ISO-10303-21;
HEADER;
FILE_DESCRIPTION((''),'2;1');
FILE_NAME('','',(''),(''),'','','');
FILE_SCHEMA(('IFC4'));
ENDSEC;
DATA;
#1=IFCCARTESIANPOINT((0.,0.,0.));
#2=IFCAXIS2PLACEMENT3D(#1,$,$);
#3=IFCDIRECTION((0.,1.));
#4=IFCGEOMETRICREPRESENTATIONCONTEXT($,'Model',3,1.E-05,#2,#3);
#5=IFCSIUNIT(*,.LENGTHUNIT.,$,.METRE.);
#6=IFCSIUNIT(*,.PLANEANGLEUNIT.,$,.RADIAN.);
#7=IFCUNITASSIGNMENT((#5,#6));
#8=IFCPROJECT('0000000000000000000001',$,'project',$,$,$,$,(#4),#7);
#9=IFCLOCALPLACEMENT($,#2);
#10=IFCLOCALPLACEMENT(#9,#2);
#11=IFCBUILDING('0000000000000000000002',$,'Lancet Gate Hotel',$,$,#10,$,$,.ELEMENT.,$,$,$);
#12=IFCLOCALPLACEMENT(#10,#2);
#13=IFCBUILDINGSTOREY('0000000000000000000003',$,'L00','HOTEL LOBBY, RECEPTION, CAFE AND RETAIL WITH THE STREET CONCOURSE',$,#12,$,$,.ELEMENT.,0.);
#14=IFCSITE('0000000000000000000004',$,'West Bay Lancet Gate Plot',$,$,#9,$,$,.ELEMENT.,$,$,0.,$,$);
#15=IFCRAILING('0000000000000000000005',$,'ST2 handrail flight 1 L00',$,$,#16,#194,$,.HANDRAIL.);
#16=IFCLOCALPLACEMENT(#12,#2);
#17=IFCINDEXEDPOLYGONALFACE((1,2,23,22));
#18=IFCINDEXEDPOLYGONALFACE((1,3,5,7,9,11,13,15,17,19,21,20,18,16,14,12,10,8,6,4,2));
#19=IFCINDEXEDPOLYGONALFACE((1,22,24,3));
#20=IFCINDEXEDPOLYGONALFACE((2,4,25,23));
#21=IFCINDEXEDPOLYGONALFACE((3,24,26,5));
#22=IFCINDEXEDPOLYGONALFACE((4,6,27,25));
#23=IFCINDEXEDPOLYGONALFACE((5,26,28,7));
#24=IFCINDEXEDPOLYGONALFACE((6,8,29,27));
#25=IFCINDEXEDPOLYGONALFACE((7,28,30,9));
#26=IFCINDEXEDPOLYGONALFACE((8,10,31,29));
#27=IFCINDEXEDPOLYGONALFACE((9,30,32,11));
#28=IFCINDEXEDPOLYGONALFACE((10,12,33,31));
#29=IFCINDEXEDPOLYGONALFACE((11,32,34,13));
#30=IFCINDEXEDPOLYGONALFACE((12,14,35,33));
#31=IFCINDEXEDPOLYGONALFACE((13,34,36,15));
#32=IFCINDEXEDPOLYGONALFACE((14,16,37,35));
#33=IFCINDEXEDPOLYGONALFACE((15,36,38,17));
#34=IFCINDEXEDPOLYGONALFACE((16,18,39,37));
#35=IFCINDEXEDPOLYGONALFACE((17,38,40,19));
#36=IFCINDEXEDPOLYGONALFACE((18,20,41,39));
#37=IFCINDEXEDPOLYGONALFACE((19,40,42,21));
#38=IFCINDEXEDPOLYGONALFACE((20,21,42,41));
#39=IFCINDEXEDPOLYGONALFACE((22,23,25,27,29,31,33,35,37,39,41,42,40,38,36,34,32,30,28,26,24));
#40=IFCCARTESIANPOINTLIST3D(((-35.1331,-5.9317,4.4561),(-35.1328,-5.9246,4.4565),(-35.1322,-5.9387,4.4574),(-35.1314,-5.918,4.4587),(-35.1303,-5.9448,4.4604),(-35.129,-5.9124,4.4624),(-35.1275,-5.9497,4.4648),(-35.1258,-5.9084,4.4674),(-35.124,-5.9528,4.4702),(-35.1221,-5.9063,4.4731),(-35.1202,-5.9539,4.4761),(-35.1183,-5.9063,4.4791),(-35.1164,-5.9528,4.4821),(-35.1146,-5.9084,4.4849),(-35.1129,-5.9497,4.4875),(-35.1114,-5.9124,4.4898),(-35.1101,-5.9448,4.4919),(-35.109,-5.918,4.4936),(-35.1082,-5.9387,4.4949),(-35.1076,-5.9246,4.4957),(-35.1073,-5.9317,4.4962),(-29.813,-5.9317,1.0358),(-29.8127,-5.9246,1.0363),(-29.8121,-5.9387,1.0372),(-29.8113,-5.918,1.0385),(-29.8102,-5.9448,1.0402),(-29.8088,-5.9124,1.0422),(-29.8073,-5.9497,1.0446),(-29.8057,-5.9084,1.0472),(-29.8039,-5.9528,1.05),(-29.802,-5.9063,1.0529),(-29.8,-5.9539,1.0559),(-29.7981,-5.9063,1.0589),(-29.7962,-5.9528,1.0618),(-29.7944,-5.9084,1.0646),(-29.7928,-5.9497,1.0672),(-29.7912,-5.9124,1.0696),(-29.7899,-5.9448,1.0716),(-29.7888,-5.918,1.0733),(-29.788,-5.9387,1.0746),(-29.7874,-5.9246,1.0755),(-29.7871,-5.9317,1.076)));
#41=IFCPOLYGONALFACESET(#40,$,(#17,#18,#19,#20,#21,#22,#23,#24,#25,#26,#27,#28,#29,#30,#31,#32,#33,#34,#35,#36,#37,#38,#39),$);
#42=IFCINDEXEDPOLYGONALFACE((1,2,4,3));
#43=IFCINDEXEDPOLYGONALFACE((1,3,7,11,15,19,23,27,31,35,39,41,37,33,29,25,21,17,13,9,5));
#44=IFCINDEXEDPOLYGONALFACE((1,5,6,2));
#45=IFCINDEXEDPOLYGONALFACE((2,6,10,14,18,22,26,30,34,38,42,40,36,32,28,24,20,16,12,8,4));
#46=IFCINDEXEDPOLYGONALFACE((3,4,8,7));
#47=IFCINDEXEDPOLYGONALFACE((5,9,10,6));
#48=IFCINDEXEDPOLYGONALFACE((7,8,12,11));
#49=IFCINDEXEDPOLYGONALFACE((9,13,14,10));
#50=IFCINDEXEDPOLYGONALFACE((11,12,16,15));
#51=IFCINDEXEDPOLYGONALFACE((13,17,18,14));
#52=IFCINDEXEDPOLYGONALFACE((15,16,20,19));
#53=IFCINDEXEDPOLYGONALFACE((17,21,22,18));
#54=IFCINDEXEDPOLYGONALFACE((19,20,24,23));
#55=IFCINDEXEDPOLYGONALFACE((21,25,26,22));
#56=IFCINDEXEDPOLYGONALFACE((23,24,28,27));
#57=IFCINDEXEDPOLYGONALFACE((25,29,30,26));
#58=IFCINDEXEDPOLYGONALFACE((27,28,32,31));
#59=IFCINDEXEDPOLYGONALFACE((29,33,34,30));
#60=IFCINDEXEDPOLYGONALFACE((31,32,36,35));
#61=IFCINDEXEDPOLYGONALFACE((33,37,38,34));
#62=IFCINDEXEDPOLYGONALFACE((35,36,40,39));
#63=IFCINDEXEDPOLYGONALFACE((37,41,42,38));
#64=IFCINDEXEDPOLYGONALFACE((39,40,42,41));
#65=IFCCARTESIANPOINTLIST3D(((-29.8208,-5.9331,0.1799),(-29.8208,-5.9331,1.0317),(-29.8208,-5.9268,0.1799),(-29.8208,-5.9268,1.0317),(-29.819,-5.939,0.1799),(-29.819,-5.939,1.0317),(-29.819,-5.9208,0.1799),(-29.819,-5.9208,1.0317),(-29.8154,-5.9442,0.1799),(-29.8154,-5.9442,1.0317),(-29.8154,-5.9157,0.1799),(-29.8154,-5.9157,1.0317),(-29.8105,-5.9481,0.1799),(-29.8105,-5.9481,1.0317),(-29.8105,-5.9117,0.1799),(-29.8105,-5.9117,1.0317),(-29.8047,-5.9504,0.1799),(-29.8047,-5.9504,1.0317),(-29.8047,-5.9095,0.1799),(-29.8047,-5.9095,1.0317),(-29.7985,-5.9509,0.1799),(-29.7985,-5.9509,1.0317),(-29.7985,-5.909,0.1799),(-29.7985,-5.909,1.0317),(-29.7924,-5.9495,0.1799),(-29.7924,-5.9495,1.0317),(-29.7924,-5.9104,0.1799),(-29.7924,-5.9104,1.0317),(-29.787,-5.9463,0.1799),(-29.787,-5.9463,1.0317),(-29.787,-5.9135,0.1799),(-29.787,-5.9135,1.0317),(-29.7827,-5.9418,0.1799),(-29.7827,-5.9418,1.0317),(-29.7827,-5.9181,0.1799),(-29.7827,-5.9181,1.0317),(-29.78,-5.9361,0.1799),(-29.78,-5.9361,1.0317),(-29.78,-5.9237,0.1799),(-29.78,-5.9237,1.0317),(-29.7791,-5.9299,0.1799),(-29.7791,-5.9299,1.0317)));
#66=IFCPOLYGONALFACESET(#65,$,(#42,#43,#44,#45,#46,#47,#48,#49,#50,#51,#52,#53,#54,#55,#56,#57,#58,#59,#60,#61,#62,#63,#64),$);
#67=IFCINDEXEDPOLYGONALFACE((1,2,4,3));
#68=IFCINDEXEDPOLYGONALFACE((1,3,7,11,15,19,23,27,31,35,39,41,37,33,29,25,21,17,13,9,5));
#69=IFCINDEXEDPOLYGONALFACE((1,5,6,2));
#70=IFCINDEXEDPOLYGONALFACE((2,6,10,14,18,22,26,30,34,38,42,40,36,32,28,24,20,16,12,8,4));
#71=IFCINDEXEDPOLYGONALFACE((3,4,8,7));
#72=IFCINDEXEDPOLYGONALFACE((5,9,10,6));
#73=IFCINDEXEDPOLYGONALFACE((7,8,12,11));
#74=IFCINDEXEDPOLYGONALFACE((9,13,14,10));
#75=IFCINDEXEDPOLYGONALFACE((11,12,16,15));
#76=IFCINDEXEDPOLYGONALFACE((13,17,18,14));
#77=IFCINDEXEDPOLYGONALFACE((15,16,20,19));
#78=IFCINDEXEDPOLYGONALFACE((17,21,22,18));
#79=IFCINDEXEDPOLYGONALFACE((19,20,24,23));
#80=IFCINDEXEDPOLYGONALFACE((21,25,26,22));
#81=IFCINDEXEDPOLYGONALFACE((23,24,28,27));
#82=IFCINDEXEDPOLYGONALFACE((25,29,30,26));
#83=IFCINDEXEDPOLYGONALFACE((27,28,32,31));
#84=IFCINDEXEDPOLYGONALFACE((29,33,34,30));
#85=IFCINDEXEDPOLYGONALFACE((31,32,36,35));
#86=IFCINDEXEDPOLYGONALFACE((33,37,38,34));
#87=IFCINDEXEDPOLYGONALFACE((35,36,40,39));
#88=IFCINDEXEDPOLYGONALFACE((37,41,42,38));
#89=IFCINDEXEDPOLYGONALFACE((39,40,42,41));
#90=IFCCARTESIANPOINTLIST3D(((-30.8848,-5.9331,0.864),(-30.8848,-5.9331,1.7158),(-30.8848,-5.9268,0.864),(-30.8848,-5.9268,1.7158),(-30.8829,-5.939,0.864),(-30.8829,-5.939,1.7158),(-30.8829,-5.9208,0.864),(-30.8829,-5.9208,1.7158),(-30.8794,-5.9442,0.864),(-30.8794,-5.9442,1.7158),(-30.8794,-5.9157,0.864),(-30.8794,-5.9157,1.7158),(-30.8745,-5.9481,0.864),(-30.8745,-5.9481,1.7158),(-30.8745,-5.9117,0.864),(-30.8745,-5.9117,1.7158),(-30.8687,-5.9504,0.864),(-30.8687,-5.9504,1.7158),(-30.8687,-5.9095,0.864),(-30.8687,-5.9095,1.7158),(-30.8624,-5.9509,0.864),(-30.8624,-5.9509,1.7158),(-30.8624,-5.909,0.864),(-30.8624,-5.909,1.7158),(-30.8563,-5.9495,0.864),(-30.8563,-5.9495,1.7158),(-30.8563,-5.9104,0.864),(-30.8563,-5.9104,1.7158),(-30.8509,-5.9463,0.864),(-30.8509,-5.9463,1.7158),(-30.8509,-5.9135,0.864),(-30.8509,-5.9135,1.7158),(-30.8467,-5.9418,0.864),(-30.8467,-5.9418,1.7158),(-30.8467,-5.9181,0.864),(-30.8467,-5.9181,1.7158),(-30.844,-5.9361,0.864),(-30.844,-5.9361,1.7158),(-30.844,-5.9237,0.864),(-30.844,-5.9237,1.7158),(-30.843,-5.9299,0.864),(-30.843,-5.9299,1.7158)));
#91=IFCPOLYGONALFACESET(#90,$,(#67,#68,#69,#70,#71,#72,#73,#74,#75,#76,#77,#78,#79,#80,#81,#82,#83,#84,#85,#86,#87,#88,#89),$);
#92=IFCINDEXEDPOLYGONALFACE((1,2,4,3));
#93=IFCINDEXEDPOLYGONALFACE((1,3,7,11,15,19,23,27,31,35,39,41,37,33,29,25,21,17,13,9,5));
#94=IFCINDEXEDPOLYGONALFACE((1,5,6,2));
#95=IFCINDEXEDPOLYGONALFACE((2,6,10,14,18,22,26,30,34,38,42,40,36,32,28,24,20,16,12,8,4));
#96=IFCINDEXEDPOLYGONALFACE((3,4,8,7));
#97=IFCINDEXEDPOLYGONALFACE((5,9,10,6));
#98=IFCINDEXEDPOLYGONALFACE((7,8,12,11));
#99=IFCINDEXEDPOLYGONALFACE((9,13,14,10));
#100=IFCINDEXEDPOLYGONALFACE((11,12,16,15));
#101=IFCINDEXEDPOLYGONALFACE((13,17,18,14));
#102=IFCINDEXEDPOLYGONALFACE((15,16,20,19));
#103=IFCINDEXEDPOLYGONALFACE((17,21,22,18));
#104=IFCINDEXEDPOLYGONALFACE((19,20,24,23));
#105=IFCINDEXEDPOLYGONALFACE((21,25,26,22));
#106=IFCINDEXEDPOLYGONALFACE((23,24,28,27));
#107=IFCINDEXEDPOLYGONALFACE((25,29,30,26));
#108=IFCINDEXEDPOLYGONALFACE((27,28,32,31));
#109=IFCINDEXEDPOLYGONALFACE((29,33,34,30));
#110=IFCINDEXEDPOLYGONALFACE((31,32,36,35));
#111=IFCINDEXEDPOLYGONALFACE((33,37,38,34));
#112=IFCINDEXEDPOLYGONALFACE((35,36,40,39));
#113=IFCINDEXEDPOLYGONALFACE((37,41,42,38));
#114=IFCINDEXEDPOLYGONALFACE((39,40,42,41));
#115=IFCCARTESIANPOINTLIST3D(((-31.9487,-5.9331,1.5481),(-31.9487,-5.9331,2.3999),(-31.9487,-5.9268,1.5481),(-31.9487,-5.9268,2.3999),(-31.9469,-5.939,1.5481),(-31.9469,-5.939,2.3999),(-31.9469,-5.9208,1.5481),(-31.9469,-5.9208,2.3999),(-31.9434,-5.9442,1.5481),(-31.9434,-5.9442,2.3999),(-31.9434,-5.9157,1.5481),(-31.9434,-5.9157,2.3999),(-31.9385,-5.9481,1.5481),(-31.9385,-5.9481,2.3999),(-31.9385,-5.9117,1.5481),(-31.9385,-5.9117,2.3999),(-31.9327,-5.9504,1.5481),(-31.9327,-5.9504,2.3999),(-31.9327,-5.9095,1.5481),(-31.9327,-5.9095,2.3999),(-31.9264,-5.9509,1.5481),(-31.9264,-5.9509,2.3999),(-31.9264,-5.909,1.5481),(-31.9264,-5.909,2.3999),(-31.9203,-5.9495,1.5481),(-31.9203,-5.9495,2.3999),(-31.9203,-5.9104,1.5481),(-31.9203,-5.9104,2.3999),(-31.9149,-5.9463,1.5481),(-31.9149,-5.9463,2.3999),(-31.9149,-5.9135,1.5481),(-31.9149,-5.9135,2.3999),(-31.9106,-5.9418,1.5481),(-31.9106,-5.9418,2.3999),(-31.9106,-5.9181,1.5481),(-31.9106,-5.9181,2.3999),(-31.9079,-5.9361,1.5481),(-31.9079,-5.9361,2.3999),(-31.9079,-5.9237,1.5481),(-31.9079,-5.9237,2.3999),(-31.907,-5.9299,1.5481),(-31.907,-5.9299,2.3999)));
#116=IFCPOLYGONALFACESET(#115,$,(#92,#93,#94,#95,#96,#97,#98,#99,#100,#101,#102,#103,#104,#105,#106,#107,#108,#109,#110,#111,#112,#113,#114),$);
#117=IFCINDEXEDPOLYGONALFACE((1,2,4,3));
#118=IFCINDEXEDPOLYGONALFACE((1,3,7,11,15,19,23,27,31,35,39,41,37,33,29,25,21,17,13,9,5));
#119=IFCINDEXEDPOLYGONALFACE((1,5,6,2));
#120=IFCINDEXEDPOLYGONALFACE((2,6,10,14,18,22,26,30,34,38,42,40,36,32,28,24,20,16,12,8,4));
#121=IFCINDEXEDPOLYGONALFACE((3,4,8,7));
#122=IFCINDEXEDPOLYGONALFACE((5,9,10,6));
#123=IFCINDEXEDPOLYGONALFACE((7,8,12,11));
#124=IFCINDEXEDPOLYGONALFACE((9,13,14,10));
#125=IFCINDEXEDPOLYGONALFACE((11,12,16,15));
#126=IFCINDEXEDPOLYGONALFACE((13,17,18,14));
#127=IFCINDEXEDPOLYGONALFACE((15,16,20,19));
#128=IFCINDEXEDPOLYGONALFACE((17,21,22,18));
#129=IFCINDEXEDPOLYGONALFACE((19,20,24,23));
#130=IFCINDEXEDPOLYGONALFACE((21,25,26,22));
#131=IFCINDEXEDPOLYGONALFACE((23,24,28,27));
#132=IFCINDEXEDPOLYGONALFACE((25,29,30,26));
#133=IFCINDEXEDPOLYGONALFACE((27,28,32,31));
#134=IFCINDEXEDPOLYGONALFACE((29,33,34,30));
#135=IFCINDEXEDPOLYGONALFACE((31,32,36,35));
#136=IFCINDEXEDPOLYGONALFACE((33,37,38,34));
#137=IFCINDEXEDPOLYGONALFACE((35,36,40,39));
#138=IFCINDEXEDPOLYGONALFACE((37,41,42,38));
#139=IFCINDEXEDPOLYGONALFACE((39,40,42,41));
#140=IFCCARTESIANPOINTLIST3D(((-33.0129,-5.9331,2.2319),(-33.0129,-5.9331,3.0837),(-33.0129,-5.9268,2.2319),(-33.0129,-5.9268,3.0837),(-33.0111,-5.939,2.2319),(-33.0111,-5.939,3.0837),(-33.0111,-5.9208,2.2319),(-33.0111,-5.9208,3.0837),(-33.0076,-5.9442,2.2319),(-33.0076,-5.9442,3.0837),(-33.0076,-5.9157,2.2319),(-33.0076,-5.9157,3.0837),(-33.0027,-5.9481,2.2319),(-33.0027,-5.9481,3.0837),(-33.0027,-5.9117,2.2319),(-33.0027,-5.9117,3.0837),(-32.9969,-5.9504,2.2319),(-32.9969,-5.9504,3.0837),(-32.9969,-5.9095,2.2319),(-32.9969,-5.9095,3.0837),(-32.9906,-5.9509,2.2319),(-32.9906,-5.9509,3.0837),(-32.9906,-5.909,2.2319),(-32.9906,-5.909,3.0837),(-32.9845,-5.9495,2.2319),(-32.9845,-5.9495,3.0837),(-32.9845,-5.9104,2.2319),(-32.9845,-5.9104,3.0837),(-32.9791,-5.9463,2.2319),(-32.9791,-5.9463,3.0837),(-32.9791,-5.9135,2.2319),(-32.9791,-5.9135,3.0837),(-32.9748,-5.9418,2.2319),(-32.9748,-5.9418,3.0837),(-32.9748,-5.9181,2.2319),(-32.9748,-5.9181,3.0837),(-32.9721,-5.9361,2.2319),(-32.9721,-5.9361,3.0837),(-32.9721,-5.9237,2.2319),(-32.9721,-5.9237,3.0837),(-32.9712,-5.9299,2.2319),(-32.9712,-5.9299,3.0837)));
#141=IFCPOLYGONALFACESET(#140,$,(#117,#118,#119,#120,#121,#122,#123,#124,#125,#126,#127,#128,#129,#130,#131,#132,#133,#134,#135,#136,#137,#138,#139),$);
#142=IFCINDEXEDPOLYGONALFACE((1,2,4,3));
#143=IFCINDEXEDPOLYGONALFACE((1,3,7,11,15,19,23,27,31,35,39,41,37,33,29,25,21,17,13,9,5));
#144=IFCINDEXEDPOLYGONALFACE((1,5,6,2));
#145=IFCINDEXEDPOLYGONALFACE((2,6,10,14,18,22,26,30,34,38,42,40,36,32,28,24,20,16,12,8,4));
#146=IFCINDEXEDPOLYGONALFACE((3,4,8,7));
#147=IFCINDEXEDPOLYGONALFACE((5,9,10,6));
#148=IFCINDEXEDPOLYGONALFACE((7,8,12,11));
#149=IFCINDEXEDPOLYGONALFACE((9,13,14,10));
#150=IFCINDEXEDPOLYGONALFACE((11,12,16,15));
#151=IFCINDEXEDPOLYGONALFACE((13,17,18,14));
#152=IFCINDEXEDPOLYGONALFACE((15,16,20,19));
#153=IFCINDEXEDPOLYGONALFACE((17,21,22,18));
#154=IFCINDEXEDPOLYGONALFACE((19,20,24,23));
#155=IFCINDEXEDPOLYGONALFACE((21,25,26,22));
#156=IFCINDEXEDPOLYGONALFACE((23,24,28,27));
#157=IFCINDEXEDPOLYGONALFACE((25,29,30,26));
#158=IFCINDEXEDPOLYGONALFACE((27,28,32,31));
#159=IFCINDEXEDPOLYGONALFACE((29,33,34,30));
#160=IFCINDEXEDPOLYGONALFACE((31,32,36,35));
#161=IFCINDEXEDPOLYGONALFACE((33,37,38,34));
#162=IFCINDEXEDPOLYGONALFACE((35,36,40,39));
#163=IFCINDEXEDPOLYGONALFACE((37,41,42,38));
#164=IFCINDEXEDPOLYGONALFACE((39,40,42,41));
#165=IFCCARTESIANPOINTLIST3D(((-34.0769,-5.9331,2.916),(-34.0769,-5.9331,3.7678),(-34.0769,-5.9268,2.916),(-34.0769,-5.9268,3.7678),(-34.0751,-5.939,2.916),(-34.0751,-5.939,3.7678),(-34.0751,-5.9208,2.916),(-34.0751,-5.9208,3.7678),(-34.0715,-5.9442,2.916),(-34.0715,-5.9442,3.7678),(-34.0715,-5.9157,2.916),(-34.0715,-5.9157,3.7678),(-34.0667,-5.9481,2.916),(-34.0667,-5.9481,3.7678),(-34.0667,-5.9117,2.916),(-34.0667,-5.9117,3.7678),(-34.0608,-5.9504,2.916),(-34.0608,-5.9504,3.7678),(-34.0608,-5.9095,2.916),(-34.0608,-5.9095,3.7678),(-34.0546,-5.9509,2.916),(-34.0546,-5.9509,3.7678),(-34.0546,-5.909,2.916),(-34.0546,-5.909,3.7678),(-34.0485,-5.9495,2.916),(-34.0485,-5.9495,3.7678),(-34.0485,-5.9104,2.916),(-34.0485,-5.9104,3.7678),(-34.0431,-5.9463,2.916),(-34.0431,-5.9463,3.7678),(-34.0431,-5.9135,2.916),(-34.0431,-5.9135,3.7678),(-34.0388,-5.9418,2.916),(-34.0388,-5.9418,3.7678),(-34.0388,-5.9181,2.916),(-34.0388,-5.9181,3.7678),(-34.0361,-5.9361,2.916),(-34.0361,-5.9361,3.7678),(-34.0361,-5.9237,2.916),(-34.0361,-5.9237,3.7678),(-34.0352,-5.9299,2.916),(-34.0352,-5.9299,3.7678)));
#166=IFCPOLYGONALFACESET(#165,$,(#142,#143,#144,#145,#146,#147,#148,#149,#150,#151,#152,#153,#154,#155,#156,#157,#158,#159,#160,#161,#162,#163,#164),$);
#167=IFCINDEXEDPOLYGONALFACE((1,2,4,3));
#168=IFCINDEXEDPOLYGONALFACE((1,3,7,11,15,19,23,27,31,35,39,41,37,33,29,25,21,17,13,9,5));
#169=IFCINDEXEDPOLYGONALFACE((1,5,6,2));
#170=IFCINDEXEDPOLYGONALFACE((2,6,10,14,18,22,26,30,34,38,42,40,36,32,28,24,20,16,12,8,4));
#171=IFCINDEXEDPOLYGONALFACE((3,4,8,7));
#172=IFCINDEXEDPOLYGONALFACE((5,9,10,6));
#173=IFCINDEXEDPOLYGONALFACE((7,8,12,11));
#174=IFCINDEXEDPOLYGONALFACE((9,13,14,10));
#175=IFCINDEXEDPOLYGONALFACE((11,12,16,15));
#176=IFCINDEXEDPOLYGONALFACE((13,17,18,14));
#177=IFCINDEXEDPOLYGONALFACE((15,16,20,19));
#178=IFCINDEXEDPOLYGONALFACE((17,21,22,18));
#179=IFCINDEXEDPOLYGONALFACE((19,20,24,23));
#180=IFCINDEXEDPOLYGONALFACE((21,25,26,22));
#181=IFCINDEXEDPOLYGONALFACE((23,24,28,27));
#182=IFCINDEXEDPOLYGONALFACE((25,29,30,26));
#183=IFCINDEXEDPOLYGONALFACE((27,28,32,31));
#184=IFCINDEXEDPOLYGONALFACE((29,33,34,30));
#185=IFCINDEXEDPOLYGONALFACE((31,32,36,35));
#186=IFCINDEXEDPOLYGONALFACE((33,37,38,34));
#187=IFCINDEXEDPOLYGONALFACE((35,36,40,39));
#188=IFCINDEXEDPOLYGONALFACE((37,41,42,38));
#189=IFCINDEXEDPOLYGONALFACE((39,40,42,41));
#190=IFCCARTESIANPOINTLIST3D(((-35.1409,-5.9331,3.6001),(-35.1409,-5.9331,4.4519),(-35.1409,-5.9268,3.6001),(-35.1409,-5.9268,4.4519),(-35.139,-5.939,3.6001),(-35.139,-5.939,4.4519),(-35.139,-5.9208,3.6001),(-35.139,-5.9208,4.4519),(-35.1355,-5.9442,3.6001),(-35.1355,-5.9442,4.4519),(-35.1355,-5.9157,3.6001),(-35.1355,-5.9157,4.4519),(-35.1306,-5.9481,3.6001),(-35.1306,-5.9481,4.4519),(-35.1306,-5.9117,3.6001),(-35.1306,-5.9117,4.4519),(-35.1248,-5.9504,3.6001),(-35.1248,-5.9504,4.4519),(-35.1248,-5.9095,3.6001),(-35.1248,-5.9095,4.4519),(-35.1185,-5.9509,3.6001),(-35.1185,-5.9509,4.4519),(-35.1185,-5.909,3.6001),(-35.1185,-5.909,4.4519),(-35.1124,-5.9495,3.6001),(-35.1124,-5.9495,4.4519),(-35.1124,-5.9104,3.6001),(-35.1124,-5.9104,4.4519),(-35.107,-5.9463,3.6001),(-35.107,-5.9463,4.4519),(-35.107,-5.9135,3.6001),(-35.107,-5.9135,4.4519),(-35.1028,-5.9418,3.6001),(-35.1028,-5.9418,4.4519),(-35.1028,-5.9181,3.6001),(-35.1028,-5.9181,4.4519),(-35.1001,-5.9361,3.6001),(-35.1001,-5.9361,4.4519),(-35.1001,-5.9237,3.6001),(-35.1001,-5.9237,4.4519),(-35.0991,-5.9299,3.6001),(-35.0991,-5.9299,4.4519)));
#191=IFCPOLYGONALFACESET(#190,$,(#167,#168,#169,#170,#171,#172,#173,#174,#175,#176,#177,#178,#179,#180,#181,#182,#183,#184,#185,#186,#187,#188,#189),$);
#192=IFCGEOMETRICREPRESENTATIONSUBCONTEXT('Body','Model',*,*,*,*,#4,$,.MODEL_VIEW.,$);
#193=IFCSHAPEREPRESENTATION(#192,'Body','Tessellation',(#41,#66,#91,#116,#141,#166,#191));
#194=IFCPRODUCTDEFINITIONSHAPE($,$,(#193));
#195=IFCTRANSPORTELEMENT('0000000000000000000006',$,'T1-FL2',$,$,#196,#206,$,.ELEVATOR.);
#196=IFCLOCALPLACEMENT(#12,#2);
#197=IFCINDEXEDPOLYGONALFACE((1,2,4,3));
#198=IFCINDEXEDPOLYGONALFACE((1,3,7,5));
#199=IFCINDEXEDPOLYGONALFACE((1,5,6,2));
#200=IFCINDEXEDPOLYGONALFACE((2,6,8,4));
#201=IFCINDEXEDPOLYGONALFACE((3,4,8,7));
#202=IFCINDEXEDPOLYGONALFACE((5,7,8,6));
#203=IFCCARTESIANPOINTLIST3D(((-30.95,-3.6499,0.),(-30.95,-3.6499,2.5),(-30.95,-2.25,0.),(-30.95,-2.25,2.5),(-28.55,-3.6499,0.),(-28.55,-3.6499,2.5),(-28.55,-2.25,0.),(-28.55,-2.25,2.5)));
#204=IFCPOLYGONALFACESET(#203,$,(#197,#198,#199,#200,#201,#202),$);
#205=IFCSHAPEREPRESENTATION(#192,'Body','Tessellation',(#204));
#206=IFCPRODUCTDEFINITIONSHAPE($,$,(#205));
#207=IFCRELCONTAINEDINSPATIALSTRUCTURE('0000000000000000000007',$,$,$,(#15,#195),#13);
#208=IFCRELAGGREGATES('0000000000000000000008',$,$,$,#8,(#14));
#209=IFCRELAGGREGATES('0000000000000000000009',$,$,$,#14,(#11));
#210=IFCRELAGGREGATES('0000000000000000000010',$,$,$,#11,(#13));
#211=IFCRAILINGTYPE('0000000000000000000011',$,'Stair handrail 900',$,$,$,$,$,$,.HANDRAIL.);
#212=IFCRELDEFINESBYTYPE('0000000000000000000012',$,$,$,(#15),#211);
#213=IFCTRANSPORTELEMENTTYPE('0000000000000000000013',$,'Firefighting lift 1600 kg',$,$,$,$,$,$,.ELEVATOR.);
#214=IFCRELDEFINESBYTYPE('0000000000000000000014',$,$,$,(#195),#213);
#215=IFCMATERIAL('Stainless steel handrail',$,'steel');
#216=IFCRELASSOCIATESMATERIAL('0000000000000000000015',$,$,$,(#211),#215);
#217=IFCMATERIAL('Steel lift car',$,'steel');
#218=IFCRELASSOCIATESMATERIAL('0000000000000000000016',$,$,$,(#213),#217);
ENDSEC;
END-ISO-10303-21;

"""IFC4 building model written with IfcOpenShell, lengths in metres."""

from ifc_helpers import new_model, si_unit, direction, frame, origin, origin_2d, place, context, subcontext, project, spatial, rectangle, circle, extrude, material, type_object, element, save


model = new_model("IFC4")

# Units and contexts
model_context = context("Model", 3, precision=1e-05, world=origin(), true_north=direction((0.0, 1.0)))
body_context = subcontext(model_context, "Body", "Model", "MODEL_VIEW")
ifc_project = project(units=[si_unit("LENGTHUNIT", "METRE"), si_unit("PLANEANGLEUNIT", "RADIAN")], contexts=[model_context])

# Site, building, storey
site_placement = place(None, origin())
site = spatial("IfcSite", under=ifc_project, at=site_placement, Name="West Bay Lancet Gate Plot", CompositionType="ELEMENT", RefElevation=0.0)
building_placement = place(site_placement, origin())
building = spatial("IfcBuilding", under=site, at=building_placement, Name="Lancet Gate Hotel", CompositionType="ELEMENT")
storey_placement = place(building_placement, origin())
storey = spatial("IfcBuildingStorey", under=building, at=storey_placement, Name="L00", Description="HOTEL LOBBY, RECEPTION, CAFE AND RETAIL WITH THE STREET CONCOURSE", CompositionType="ELEMENT", Elevation=0.0)

# Railing
ifc_material_1 = material(Name="Stainless steel handrail", Category="steel")
railing_type_1 = type_object("IfcRailingType", Name="Stair handrail 900", PredefinedType="HANDRAIL", material=ifc_material_1)
railing_1_placement = place(storey_placement, frame((-29.8, -5.9299, 0.1799)))
element("IfcRailing", 1, at=railing_1_placement, inside=storey, type_object=railing_type_1, Name="ST2 handrail flight 1 L00", PredefinedType="HANDRAIL", context=body_context, shape_type="SweptSolid", body=[
    extrude(circle(Radius=0.0239, at=origin_2d()), frame((0.0, 0.0, 0.876), z_axis=(-0.84117, 0.0, 0.540771), x_axis=(0.0, -1.0, 0.0)), (0.0, 0.0, 1.0), 6.3247),
    extrude(circle(Radius=0.021, at=origin_2d()), origin(), (0.0, 0.0, 1.0), 0.8518),
    extrude(circle(Radius=0.021, at=origin_2d()), frame((-1.064, 0.0, 0.6841)), (0.0, 0.0, 1.0), 0.8518),
    extrude(circle(Radius=0.021, at=origin_2d()), frame((-2.1279, 0.0, 1.3682)), (0.0, 0.0, 1.0), 0.8518),
    extrude(circle(Radius=0.021, at=origin_2d()), frame((-3.1921, 0.0, 2.052)), (0.0, 0.0, 1.0), 0.8518),
    extrude(circle(Radius=0.021, at=origin_2d()), frame((-4.2561, 0.0, 2.7361)), (0.0, 0.0, 1.0), 0.8518),
    extrude(circle(Radius=0.021, at=origin_2d()), frame((-5.3201, 0.0, 3.4202)), (0.0, 0.0, 1.0), 0.8518),
])

# Transport element
ifc_material_2 = material(Name="Steel lift car", Category="steel")
transport_element_type = type_object("IfcTransportElementType", Name="Firefighting lift 1600 kg", PredefinedType="ELEVATOR", material=ifc_material_2)
transport_element_placement = place(storey_placement, frame((-29.75, -2.95, 0.0), z_axis=(0.0, 0.0, 1.0), x_axis=(1.0, 0.0, 0.0)))
element("IfcTransportElement", 2, at=transport_element_placement, inside=storey, type_object=transport_element_type, Name="T1-FL2", PredefinedType="ELEVATOR", context=body_context, shape_type="SweptSolid", body=[
    extrude(rectangle(XDim=2.3999, YDim=1.3999, at=origin_2d()), origin(), (0.0, 0.0, 1.0), 2.5),
])

save(model, "model.ifc")
